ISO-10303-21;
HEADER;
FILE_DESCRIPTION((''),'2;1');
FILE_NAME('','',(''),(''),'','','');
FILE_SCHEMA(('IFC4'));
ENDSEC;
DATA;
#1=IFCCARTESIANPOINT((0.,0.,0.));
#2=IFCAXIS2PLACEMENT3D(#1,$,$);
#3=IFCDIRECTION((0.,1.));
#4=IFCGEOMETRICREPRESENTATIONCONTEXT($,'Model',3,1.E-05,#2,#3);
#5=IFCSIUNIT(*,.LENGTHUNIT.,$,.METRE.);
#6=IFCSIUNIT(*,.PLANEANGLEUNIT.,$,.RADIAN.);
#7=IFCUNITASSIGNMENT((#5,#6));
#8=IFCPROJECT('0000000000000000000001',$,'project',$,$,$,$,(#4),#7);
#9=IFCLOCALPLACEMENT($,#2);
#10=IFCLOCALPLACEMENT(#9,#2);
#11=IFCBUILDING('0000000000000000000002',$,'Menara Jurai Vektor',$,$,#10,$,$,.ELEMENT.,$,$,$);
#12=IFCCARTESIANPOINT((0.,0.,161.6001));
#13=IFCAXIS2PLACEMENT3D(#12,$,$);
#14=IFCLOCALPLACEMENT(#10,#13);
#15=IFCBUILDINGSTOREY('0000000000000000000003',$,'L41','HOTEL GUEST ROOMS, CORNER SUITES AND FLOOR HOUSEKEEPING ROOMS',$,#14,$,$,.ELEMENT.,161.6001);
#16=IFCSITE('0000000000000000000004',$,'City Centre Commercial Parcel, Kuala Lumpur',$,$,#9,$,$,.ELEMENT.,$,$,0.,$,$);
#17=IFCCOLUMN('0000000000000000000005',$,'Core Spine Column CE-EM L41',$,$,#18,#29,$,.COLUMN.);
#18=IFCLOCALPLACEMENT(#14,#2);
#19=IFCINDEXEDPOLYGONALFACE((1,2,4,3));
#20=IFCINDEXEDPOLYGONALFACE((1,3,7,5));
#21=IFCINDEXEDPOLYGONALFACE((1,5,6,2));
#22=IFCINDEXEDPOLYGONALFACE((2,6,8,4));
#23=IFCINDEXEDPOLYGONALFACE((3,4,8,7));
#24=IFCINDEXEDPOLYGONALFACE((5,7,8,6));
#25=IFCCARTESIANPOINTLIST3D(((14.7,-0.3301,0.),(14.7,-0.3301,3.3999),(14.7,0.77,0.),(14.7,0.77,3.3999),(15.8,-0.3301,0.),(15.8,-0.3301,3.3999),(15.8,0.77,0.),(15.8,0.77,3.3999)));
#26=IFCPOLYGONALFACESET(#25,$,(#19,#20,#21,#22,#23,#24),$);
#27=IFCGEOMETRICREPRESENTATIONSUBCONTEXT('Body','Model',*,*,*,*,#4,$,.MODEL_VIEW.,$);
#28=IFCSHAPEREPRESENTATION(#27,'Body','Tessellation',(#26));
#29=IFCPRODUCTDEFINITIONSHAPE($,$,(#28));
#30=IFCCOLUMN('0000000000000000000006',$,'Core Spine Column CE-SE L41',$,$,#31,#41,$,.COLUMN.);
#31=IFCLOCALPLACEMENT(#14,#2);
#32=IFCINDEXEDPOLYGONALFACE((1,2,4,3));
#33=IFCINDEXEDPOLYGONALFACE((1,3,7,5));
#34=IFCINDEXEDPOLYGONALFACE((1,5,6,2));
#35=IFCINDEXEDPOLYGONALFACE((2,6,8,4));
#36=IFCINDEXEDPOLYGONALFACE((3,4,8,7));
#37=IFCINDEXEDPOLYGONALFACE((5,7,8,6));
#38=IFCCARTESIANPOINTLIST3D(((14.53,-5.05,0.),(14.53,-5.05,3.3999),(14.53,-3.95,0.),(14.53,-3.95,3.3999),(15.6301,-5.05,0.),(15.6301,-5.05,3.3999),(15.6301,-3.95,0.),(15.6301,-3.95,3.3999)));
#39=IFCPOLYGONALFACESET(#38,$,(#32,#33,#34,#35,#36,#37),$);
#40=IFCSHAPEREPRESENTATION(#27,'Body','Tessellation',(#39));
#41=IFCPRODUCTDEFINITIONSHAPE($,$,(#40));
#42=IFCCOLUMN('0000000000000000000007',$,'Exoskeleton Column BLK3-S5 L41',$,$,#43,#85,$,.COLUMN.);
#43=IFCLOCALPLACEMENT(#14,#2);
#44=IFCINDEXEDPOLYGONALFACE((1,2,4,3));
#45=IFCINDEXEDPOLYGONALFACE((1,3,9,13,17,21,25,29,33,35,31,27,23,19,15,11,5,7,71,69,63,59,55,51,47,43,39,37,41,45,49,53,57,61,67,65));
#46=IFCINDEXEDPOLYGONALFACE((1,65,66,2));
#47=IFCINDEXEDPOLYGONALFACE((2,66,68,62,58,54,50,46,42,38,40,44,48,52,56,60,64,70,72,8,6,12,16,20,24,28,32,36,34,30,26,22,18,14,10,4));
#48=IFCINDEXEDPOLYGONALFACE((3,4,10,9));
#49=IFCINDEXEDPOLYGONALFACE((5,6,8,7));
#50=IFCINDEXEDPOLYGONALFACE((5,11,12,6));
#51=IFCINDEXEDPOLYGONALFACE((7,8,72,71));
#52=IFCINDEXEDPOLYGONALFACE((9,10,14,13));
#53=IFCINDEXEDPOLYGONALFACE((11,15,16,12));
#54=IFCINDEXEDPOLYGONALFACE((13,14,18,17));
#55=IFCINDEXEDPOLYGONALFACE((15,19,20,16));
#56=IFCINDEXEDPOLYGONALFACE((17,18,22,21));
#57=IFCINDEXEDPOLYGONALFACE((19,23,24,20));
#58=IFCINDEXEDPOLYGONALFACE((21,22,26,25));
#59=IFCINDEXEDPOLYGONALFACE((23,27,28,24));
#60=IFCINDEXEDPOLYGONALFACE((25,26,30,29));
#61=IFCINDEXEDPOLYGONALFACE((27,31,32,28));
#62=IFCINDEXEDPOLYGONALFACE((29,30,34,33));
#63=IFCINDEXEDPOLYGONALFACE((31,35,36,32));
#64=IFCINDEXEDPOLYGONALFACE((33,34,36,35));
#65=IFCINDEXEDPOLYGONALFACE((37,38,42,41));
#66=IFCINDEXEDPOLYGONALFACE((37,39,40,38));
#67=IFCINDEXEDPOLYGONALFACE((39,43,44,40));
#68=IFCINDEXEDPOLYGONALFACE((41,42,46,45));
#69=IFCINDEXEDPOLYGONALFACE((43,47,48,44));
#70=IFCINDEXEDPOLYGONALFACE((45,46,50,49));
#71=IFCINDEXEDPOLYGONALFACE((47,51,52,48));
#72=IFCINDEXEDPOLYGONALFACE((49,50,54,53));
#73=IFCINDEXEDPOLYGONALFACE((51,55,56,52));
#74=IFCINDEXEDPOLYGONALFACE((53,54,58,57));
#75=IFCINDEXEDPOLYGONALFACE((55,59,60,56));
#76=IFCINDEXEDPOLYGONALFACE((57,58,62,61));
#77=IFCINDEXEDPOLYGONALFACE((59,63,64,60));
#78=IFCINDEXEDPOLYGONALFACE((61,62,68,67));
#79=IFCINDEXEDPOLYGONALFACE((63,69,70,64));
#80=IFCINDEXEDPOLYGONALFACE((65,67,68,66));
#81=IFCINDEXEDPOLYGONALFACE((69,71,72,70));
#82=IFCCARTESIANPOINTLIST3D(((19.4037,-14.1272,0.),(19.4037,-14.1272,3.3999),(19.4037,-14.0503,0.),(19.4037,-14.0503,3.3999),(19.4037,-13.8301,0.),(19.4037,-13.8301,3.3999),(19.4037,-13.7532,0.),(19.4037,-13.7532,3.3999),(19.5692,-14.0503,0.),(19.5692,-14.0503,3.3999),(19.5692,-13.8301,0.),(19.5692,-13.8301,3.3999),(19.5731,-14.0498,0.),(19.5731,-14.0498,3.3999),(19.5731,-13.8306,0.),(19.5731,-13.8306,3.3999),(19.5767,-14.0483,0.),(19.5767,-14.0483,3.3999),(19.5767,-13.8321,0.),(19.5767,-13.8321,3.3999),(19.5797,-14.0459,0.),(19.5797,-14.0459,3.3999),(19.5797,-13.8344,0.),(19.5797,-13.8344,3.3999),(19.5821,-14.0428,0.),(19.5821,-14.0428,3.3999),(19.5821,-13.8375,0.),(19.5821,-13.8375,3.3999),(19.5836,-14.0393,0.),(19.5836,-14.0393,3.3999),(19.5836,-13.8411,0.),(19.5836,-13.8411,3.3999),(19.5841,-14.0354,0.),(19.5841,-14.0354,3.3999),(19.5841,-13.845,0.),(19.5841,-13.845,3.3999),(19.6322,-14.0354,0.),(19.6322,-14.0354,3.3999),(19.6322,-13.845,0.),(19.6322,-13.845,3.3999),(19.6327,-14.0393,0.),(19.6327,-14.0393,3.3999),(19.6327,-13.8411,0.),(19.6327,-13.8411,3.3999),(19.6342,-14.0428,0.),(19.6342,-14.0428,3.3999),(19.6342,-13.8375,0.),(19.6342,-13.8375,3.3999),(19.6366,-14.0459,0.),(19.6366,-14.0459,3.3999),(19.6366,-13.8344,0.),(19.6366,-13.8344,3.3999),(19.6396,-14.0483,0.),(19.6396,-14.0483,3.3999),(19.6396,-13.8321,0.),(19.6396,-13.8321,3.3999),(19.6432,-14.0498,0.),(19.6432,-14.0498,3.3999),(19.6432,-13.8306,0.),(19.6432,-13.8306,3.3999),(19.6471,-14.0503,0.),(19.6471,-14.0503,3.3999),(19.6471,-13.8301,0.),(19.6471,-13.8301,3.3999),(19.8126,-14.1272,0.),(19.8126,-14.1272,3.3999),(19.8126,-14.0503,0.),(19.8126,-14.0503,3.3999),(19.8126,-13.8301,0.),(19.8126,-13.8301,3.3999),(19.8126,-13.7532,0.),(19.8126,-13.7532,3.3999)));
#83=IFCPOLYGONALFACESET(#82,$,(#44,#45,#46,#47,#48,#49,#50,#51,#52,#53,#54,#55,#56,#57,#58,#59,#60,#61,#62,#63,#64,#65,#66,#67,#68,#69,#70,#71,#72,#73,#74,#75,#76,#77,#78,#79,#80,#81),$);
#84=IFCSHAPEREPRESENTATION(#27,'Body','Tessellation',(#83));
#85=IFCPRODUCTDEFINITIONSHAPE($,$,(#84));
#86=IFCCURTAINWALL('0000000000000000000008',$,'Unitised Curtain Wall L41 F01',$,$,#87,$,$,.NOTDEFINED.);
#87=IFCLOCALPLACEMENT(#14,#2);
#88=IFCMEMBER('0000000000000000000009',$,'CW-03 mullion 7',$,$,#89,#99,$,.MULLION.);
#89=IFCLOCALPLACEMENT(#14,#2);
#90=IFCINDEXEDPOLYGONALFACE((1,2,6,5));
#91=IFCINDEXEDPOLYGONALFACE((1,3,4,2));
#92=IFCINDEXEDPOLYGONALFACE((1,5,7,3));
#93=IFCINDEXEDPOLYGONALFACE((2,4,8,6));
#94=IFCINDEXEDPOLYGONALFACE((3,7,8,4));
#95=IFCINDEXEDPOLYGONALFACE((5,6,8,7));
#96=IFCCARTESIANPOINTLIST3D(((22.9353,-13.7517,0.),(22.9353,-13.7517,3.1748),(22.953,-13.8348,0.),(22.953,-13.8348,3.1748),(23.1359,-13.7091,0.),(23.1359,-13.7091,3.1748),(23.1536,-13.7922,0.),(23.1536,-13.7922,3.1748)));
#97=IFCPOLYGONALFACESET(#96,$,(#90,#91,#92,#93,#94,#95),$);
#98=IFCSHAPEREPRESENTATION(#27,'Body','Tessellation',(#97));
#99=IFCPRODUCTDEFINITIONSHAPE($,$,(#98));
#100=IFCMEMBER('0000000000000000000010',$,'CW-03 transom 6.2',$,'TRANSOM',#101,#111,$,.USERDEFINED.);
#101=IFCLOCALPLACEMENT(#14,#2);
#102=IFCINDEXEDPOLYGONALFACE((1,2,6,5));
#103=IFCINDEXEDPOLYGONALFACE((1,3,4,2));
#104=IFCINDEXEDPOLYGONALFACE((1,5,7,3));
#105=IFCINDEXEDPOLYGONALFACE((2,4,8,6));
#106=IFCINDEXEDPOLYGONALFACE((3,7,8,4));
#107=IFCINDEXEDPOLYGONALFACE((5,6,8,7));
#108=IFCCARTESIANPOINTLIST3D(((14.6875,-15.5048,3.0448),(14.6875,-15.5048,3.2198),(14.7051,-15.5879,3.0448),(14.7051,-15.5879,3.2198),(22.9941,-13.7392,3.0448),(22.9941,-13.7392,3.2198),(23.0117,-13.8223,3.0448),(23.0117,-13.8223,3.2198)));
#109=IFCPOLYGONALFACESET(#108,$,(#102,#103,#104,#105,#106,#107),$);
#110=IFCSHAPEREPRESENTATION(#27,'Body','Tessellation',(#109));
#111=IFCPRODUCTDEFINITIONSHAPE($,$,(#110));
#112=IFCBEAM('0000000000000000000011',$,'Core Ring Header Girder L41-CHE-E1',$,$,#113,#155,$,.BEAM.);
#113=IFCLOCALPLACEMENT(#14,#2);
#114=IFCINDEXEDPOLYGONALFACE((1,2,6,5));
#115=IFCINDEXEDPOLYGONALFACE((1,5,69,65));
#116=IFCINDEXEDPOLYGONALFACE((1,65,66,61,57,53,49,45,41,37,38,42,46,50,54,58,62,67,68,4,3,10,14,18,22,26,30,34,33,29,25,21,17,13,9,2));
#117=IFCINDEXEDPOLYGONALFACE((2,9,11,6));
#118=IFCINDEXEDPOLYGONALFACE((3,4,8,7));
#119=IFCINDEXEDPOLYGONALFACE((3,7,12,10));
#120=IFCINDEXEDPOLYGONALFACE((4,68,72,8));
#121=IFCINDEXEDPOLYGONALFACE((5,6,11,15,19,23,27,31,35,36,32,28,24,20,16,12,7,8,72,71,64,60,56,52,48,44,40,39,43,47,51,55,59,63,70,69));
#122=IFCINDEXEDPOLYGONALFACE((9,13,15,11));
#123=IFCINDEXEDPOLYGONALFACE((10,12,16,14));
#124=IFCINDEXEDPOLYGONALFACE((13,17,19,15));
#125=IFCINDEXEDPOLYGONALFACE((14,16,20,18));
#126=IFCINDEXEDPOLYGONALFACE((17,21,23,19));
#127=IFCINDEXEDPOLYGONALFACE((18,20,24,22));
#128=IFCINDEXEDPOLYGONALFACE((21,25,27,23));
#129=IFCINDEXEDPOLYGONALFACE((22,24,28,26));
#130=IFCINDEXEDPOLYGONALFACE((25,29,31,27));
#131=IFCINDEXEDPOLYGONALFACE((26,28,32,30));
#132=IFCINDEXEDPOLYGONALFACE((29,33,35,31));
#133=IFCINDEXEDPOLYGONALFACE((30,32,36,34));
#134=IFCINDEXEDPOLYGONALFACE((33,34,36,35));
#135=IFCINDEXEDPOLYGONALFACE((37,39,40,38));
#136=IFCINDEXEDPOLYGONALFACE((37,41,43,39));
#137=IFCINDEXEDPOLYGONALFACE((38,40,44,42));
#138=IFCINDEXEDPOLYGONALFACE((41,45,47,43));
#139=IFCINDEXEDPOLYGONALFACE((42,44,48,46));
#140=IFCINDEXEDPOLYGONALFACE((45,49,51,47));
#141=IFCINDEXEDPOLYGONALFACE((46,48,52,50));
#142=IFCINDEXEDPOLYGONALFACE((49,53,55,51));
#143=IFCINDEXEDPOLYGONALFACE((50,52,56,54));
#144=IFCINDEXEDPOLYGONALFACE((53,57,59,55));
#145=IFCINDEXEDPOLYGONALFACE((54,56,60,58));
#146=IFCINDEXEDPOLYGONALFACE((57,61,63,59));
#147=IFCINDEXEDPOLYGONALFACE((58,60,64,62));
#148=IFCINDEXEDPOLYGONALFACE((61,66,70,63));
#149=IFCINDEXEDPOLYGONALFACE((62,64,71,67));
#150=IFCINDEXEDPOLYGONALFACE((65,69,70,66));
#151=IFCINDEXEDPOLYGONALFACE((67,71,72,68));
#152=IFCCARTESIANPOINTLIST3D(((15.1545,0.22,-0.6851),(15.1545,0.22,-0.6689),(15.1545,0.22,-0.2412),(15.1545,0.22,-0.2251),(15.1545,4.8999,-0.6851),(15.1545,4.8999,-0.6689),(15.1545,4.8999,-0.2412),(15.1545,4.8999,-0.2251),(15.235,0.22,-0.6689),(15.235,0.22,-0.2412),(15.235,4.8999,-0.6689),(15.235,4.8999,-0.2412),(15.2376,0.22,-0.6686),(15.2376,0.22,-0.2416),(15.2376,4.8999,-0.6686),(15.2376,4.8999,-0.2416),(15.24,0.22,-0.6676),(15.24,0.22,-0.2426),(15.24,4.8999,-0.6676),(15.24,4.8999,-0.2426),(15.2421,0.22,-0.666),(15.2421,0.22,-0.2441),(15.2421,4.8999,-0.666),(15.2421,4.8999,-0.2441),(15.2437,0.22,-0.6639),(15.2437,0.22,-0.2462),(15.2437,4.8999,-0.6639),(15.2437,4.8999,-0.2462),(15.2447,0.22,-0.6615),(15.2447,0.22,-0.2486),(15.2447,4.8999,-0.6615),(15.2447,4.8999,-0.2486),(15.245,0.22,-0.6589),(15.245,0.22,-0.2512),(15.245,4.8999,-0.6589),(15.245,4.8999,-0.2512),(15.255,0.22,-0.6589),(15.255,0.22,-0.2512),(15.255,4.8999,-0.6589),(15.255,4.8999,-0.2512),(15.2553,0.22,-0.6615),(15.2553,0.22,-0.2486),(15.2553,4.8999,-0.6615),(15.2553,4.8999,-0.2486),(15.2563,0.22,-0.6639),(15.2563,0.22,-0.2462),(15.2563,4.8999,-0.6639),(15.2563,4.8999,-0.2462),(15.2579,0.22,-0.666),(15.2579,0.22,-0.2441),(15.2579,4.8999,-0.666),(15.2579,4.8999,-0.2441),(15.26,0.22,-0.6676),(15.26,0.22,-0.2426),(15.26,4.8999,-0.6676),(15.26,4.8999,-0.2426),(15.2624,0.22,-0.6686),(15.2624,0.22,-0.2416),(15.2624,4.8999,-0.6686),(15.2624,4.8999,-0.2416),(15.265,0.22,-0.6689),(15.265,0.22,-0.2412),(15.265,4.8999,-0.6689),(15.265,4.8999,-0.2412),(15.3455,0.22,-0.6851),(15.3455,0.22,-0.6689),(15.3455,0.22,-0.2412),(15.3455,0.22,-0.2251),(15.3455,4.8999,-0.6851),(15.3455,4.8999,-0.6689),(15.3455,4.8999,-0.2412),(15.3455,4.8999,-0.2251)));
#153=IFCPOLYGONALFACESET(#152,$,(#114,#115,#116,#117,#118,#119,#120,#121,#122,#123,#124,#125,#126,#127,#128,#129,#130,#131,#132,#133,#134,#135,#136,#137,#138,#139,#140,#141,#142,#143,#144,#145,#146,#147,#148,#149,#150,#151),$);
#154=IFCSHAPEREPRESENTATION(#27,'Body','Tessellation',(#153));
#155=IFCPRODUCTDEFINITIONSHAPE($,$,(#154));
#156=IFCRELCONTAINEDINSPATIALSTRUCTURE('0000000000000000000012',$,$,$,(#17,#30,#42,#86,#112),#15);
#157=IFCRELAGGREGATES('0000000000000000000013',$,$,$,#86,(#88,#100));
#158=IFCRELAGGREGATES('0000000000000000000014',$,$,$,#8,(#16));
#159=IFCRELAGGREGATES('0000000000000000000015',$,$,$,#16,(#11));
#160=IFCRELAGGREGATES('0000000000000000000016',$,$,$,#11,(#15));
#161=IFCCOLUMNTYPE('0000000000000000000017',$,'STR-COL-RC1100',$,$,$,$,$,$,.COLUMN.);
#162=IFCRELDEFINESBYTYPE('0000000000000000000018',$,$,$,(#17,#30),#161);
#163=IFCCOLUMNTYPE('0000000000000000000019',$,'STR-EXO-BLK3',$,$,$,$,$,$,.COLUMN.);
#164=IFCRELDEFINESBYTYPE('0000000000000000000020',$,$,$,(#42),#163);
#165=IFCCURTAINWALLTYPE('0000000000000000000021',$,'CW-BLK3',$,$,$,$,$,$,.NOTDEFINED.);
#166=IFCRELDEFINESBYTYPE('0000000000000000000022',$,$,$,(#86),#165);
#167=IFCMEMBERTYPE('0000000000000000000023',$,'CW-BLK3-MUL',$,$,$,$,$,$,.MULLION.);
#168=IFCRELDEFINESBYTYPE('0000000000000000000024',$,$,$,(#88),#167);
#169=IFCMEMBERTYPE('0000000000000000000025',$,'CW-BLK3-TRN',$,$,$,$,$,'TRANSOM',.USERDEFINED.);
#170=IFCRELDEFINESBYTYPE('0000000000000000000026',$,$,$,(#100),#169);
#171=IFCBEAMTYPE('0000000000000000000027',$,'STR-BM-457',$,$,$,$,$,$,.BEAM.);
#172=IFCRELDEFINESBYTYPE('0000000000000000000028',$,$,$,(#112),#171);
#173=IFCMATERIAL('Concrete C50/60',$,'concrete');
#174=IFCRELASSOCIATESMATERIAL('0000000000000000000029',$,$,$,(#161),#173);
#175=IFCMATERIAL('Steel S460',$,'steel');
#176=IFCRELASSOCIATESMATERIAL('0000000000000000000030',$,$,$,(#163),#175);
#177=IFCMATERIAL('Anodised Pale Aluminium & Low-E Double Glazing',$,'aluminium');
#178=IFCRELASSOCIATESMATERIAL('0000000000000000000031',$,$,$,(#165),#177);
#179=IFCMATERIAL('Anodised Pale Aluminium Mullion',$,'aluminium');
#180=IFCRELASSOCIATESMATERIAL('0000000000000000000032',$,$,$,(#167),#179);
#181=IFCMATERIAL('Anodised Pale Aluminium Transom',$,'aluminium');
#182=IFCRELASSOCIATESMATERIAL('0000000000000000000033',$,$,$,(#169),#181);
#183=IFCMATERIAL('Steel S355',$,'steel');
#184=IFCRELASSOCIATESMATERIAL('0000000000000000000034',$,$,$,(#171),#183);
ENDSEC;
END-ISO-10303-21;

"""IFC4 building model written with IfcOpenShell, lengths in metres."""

from ifc_helpers import new_model, si_unit, direction, frame, origin, origin_2d, place, context, subcontext, project, spatial, rectangle, i_section, extrude, material, material_profile, profile_set, type_object, element, aggregate, save


model = new_model("IFC4")

# Units and contexts
model_context = context("Model", 3, precision=1e-05, world=origin(), true_north=direction((0.0, 1.0)))
body_context = subcontext(model_context, "Body", "Model", "MODEL_VIEW")
ifc_project = project(units=[si_unit("LENGTHUNIT", "METRE"), si_unit("PLANEANGLEUNIT", "RADIAN")], contexts=[model_context])

# Site, building, storey
site_placement = place(None, origin())
site = spatial("IfcSite", under=ifc_project, at=site_placement, Name="City Centre Commercial Parcel, Kuala Lumpur", CompositionType="ELEMENT", RefElevation=0.0)
building_placement = place(site_placement, origin())
building = spatial("IfcBuilding", under=site, at=building_placement, Name="Menara Jurai Vektor", CompositionType="ELEMENT")
storey_placement = place(building_placement, frame((0.0, 0.0, 161.6001)))
storey = spatial("IfcBuildingStorey", under=building, at=storey_placement, Name="L41", Description="HOTEL GUEST ROOMS, CORNER SUITES AND FLOOR HOUSEKEEPING ROOMS", CompositionType="ELEMENT", Elevation=161.6001)

# Columns
ifc_material_1 = material(Name="Concrete C50/60", Category="concrete")
ifc_material_profile_1 = material_profile(ifc_material_1, rectangle(XDim=1.1001, YDim=1.1001, at=origin_2d()), Name="RC 1100x1100")
ifc_profile_set_1 = profile_set([ifc_material_profile_1], Name="Concrete C50/60")
column_type_1 = type_object("IfcColumnType", Name="STR-COL-RC1100", PredefinedType="COLUMN", material=ifc_profile_set_1)
for number, where, z_axis, x_axis, name in (
    (1, (15.25, 0.22, 0.0), (0.0, 0.0, 1.0), (1.0, 0.0, 0.0), "Core Spine Column CE-EM L41"),
    (2, (15.0801, -4.5, 0.0), (0.0, 0.0, 1.0), (1.0, 0.0, 0.0), "Core Spine Column CE-SE L41"),
):
    element("IfcColumn", number, at=place(storey_placement, frame(where, z_axis=z_axis, x_axis=x_axis)), inside=storey, type_object=column_type_1, Name=name, PredefinedType="COLUMN", context=body_context, shape_type="SweptSolid", body=[
        extrude(rectangle(XDim=1.1001, YDim=1.1001, at=origin_2d()), origin(), (0.0, 0.0, 1.0), 3.3999),
    ])
ifc_material_2 = material(Name="Steel S460", Category="steel")
ifc_material_profile_2 = material_profile(ifc_material_2, i_section(OverallWidth=0.4089, OverallDepth=0.374, WebThickness=0.0481, FlangeThickness=0.0769, FilletRadius=0.0149, at=origin_2d()), Name="HD 400x634")
ifc_profile_set_2 = profile_set([ifc_material_profile_2], Name="Steel S460")
column_type_2 = type_object("IfcColumnType", Name="STR-EXO-BLK3", PredefinedType="COLUMN", material=ifc_profile_set_2)
column_placement = place(storey_placement, frame((19.6082, -13.9402, 0.0), z_axis=(0.0, 0.0, 1.0), x_axis=(1.0, 0.0, 0.0)))
element("IfcColumn", 3, at=column_placement, inside=storey, type_object=column_type_2, Name="Exoskeleton Column BLK3-S5 L41", PredefinedType="COLUMN", context=body_context, shape_type="SweptSolid", body=[
    extrude(i_section(OverallWidth=0.4089, OverallDepth=0.374, WebThickness=0.0481, FlangeThickness=0.0769, FilletRadius=0.0149, at=origin_2d()), origin(), (0.0, 0.0, 1.0), 3.3999),
])

# Curtain wall, members
ifc_material_3 = material(Name="Anodised Pale Aluminium & Low-E Double Glazing", Category="aluminium")
curtain_wall_type = type_object("IfcCurtainWallType", Name="CW-BLK3", PredefinedType="NOTDEFINED", material=ifc_material_3)
curtain_wall_placement = place(storey_placement, origin())
curtain_wall = element("IfcCurtainWall", 4, at=curtain_wall_placement, inside=storey, type_object=curtain_wall_type, Name="Unitised Curtain Wall L41 F01", PredefinedType="NOTDEFINED")
ifc_material_4 = material(Name="Anodised Pale Aluminium Mullion", Category="aluminium")
ifc_material_profile_3 = material_profile(ifc_material_4, rectangle(XDim=0.085, YDim=0.2051, at=origin_2d()), Name="ALU MUL 85x205")
ifc_profile_set_3 = profile_set([ifc_material_profile_3], Name="Anodised Pale Aluminium Mullion")
member_type_1 = type_object("IfcMemberType", Name="CW-BLK3-MUL", PredefinedType="MULLION", material=ifc_profile_set_3)
member_1_placement = place(storey_placement, frame((23.0444, -13.772, 0.0), z_axis=(0.0, 0.0, 1.0), x_axis=(-0.207911, 0.978148, 0.0)))
member_1 = element("IfcMember", 5, at=member_1_placement, type_object=member_type_1, Name="CW-03 mullion 7", PredefinedType="MULLION", context=body_context, shape_type="SweptSolid", body=[
    extrude(rectangle(XDim=0.085, YDim=0.2051, at=origin_2d()), origin(), (0.0, 0.0, 1.0), 3.1748),
])
ifc_material_5 = material(Name="Anodised Pale Aluminium Transom", Category="aluminium")
ifc_material_profile_4 = material_profile(ifc_material_5, rectangle(XDim=0.085, YDim=0.175, at=origin_2d()), Name="ALU TRN 85x175")
ifc_profile_set_4 = profile_set([ifc_material_profile_4], Name="Anodised Pale Aluminium Transom")
member_type_2 = type_object("IfcMemberType", Name="CW-BLK3-TRN", ElementType="TRANSOM", PredefinedType="USERDEFINED", material=ifc_profile_set_4)
member_2_placement = place(storey_placement, frame((14.6963, -15.5464, 3.1323), z_axis=(0.978148, 0.207911, 0.0), x_axis=(-0.207911, 0.978148, 0.0)))
member_2 = element("IfcMember", 6, at=member_2_placement, type_object=member_type_2, Name="CW-03 transom 6.2", ObjectType="TRANSOM", PredefinedType="USERDEFINED", context=body_context, shape_type="SweptSolid", body=[
    extrude(rectangle(XDim=0.085, YDim=0.175, at=origin_2d()), origin(), (0.0, 0.0, 1.0), 8.4922),
])

# Beam
ifc_material_6 = material(Name="Steel S355", Category="steel")
ifc_material_profile_5 = material_profile(ifc_material_6, i_section(OverallWidth=0.1909, OverallDepth=0.46, WebThickness=0.01, FlangeThickness=0.0161, FilletRadius=0.01, at=origin_2d()), Name="UKB 457x191x82")
ifc_profile_set_5 = profile_set([ifc_material_profile_5], Name="Steel S355")
beam_type_1 = type_object("IfcBeamType", Name="STR-BM-457", PredefinedType="BEAM", material=ifc_profile_set_5)
beam_1_placement = place(storey_placement, frame((15.25, 0.22, -0.4551), z_axis=(0.0, 1.0, 0.0), x_axis=(-1.0, 0.0, 0.0)))
element("IfcBeam", 7, at=beam_1_placement, inside=storey, type_object=beam_type_1, Name="Core Ring Header Girder L41-CHE-E1", PredefinedType="BEAM", context=body_context, shape_type="SweptSolid", body=[
    extrude(i_section(OverallWidth=0.1909, OverallDepth=0.46, WebThickness=0.01, FlangeThickness=0.0161, FilletRadius=0.01, at=origin_2d()), origin(), (0.0, 0.0, 1.0), 4.6799),
])

aggregate(curtain_wall, [member_1, member_2])

save(model, "model.ifc")
